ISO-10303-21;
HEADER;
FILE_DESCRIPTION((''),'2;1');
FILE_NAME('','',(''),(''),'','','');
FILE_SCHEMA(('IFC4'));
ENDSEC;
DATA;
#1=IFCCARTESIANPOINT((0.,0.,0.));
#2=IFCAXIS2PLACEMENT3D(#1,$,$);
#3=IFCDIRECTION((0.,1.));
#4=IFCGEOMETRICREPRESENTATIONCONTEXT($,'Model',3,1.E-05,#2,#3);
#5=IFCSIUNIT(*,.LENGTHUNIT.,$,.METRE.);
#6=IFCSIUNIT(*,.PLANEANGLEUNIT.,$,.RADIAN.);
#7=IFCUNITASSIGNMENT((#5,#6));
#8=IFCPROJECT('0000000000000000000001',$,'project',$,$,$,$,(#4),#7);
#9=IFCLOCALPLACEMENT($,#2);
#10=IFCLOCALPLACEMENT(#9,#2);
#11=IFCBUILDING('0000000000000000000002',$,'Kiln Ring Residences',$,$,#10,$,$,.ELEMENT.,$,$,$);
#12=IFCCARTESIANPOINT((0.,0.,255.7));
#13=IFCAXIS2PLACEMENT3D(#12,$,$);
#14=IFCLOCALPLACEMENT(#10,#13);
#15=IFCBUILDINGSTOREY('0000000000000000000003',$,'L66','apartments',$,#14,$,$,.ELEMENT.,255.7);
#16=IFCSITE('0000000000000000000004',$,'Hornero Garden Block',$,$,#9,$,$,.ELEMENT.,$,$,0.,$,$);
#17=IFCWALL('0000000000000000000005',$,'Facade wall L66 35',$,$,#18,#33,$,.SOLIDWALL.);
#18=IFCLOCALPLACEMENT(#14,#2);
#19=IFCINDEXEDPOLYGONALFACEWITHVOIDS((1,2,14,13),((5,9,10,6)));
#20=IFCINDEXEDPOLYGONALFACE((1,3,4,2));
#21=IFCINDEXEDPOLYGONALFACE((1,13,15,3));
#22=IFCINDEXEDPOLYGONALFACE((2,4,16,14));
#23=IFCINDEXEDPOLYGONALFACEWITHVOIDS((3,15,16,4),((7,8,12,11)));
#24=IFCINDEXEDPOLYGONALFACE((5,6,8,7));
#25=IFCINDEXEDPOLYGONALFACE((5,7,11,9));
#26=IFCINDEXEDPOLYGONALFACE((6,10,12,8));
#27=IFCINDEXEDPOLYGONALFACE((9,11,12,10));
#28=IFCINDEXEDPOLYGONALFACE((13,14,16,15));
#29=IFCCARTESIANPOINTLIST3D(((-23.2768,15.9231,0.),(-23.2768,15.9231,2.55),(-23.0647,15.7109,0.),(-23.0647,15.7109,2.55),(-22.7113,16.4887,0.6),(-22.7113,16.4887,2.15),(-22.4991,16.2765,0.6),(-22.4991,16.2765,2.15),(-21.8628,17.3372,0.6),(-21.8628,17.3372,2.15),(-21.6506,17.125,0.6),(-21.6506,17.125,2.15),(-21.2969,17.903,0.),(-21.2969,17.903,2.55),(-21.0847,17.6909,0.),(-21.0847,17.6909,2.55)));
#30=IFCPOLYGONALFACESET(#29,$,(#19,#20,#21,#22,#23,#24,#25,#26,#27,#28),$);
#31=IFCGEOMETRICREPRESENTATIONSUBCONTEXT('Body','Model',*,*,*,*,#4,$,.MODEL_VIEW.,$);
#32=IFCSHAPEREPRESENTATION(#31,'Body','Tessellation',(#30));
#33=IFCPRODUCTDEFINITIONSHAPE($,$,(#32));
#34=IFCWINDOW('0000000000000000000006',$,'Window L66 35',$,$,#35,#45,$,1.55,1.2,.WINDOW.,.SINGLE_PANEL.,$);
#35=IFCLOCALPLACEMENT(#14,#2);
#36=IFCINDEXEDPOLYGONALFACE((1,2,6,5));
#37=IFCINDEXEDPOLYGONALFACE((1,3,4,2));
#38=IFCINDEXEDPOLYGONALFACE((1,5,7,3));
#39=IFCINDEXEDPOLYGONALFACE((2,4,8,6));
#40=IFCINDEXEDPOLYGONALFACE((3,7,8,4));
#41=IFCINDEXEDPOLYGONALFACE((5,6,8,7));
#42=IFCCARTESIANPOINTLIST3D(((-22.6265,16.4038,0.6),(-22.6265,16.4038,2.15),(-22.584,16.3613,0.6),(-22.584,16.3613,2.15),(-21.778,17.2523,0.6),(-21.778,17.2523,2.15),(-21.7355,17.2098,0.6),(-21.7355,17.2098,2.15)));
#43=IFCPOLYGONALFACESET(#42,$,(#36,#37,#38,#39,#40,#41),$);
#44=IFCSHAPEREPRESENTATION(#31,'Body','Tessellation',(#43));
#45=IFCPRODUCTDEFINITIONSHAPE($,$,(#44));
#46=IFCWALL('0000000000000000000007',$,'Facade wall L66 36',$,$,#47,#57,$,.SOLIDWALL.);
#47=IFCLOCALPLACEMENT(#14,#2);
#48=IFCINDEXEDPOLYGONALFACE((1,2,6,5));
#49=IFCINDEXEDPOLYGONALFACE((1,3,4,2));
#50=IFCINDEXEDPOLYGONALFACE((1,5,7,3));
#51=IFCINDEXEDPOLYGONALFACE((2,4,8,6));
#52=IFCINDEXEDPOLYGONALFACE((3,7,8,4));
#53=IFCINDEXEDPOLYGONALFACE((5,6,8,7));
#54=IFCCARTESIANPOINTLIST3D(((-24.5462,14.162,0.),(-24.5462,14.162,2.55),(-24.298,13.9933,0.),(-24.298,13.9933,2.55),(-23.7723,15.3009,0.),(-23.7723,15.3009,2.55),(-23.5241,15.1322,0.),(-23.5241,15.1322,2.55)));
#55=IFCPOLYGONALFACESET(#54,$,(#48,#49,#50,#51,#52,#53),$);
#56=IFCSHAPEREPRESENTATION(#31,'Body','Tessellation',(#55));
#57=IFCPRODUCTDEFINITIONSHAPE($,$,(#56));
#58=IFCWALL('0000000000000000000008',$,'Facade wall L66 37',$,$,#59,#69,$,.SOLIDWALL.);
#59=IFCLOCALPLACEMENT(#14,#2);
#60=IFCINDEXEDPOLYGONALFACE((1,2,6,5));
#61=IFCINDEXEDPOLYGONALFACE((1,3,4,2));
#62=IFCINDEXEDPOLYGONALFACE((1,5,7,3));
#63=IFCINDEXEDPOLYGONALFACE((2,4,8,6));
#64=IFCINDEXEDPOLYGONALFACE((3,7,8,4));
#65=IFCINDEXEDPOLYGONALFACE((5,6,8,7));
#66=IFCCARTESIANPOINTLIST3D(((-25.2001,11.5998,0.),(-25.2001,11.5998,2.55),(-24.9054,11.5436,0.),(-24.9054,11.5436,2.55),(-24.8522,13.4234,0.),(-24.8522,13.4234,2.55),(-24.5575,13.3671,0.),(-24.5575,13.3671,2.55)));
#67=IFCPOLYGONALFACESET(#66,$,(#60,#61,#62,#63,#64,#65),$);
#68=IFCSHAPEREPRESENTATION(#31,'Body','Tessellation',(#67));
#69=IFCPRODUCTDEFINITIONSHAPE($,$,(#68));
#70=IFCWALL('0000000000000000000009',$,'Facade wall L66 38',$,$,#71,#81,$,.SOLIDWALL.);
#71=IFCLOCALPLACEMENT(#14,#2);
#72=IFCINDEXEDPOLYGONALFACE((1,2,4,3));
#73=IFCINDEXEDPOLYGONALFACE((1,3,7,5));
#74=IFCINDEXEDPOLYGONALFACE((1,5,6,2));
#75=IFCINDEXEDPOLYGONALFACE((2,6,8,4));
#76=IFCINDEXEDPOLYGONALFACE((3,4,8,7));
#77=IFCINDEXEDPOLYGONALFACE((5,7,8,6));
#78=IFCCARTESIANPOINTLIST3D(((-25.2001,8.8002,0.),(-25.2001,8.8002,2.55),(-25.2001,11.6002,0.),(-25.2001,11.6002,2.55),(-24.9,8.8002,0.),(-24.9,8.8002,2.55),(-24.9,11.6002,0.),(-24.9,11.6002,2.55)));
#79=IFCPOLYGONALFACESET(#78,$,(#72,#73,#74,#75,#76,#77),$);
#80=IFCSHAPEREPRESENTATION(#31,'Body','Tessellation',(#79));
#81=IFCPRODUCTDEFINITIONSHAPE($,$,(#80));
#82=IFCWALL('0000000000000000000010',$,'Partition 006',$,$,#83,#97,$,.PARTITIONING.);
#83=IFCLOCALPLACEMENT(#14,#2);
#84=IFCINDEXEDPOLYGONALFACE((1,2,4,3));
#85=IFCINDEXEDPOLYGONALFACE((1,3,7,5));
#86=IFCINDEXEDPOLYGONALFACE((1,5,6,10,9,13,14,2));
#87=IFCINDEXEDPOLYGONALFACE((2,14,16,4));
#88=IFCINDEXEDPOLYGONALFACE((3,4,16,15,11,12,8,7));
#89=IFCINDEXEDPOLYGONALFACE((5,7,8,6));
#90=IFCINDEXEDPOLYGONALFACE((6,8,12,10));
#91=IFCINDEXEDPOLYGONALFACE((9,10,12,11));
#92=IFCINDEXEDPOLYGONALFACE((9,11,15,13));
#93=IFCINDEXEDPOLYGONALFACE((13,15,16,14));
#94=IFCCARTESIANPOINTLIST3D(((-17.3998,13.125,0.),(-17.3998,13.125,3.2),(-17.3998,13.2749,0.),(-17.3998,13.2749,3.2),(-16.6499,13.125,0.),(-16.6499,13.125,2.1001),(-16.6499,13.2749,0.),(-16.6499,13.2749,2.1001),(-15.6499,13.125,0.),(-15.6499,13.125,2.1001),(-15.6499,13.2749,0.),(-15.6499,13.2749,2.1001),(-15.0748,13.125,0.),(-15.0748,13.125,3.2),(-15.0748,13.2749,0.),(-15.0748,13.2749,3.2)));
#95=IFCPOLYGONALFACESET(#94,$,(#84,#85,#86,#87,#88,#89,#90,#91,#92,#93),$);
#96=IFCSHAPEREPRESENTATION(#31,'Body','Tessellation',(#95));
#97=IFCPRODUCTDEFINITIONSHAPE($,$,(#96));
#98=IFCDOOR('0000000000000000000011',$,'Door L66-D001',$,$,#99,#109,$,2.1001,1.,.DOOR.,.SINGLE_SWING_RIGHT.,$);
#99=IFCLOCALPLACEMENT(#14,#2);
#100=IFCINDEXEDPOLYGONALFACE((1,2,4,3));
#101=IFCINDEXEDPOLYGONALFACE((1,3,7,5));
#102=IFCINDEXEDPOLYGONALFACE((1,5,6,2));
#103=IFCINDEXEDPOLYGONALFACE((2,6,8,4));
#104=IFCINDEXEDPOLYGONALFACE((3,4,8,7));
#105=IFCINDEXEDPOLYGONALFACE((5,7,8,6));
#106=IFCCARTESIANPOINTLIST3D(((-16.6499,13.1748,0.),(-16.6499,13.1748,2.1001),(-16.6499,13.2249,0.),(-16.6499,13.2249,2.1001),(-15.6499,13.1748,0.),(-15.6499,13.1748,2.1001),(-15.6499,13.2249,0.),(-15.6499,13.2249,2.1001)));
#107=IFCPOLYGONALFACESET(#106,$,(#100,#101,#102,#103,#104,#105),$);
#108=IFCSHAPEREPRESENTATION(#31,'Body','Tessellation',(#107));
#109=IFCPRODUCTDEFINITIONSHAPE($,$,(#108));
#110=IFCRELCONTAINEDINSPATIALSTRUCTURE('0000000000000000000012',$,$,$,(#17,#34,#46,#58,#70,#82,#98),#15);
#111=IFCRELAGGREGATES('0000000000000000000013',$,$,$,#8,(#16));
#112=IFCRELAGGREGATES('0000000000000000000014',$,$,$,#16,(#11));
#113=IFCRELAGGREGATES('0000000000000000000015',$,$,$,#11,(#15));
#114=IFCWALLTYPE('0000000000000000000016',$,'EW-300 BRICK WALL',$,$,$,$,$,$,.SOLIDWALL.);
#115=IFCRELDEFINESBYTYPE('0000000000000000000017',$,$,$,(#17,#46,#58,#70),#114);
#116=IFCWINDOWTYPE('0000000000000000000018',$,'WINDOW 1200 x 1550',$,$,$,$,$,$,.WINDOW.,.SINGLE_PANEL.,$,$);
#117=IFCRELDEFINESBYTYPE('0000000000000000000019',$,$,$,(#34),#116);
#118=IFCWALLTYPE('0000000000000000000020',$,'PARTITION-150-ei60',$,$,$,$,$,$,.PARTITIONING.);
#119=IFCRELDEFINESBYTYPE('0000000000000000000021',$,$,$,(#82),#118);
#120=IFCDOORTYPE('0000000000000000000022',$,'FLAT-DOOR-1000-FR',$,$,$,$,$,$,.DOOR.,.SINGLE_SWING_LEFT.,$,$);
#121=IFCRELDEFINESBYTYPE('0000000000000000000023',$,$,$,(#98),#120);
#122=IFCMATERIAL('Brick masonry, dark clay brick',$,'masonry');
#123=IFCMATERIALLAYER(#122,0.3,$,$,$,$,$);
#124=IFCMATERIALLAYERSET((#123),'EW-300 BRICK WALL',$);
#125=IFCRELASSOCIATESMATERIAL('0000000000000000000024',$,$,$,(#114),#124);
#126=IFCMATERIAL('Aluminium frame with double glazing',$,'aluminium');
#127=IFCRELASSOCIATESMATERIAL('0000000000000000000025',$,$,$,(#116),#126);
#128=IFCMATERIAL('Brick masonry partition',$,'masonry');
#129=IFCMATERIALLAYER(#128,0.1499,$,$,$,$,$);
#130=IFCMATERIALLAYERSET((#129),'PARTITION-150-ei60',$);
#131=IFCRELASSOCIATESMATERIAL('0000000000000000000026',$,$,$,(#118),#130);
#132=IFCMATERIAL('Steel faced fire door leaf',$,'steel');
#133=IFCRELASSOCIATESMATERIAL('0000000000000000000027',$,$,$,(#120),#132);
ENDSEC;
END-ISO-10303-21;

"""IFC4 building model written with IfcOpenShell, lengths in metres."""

from ifc_helpers import new_model, si_unit, direction, frame, frame_2d, origin, place, context, subcontext, project, spatial, rectangle, extrude, material, layer, layer_set, type_object, element, fill, save


model = new_model("IFC4")

# Units and contexts
model_context = context("Model", 3, precision=1e-05, world=origin(), true_north=direction((0.0, 1.0)))
body_context = subcontext(model_context, "Body", "Model", "MODEL_VIEW")
ifc_project = project(units=[si_unit("LENGTHUNIT", "METRE"), si_unit("PLANEANGLEUNIT", "RADIAN")], contexts=[model_context])

# Site, building, storey
site_placement = place(None, origin())
site = spatial("IfcSite", under=ifc_project, at=site_placement, Name="Hornero Garden Block", CompositionType="ELEMENT", RefElevation=0.0)
building_placement = place(site_placement, origin())
building = spatial("IfcBuilding", under=site, at=building_placement, Name="Kiln Ring Residences", CompositionType="ELEMENT")
storey_placement = place(building_placement, frame((0.0, 0.0, 255.7)))
storey = spatial("IfcBuildingStorey", under=building, at=storey_placement, Name="L66", Description="apartments", CompositionType="ELEMENT", Elevation=255.7)

# Wall, opening, window
ifc_material_1 = material(Name="Brick masonry, dark clay brick", Category="masonry")
ifc_layer_1 = layer(ifc_material_1, 0.3)
ifc_layer_set_1 = layer_set([ifc_layer_1], Name="EW-300 BRICK WALL")
wall_type_1 = type_object("IfcWallType", Name="EW-300 BRICK WALL", PredefinedType="SOLIDWALL", material=ifc_layer_set_1)
wall_1_placement = place(storey_placement, frame((-21.1909, 17.7969, 0.0), z_axis=(0.0, 0.0, 1.0), x_axis=(-0.707107, -0.707107, 0.0)))
wall_1 = element("IfcWall", 1, at=wall_1_placement, inside=storey, type_object=wall_type_1, Name="Facade wall L66 35", PredefinedType="SOLIDWALL", context=body_context, shape_type="SweptSolid", body=[
    extrude(rectangle(XDim=2.8, YDim=0.3, at=frame_2d((1.3999, 0.0))), origin(), (0.0, 0.0, 1.0), 2.55),
])
opening_1_placement = place(wall_1_placement, frame((0.8, 0.0, 0.6001)))
opening_1 = element("IfcOpeningElement", 2, at=opening_1_placement, cuts=wall_1, PredefinedType="OPENING", context=body_context, shape_type="SweptSolid", body=[
    extrude(rectangle(XDim=1.2, YDim=1.55, at=frame_2d((0.6001, 0.7749))), frame((0.0, 0.1599, 0.0), z_axis=(0.0, -1.0, 0.0), x_axis=(1.0, 0.0, 0.0)), (0.0, 0.0, 1.0), 0.3201),
])
ifc_material_2 = material(Name="Aluminium frame with double glazing", Category="aluminium")
window_type_1 = type_object("IfcWindowType", Name="WINDOW 1200 x 1550", PartitioningType="SINGLE_PANEL", PredefinedType="WINDOW", material=ifc_material_2)
window_1_placement = place(opening_1_placement, origin())
window_1 = element("IfcWindow", 3, at=window_1_placement, inside=storey, type_object=window_type_1, Name="Window L66 35", OverallHeight=1.55, OverallWidth=1.2, PartitioningType="SINGLE_PANEL", PredefinedType="WINDOW", context=body_context, shape_type="SweptSolid", body=[
    extrude(rectangle(XDim=1.2, YDim=1.55, at=frame_2d((0.6001, 0.7749))), frame((0.0, 0.03, 0.0), z_axis=(0.0, -1.0, 0.0), x_axis=(1.0, 0.0, 0.0)), (0.0, 0.0, 1.0), 0.0601),
])
fill(opening_1, window_1)

# Walls
wall_2_placement = place(storey_placement, frame((-23.6482, 15.2166, 0.0), z_axis=(0.0, 0.0, 1.0), x_axis=(-0.562043, -0.827108, 0.0)))
element("IfcWall", 4, at=wall_2_placement, inside=storey, type_object=wall_type_1, Name="Facade wall L66 36", PredefinedType="SOLIDWALL", context=body_context, shape_type="SweptSolid", body=[
    extrude(rectangle(XDim=1.377, YDim=0.3, at=frame_2d((0.6885, 0.0))), origin(), (0.0, 0.0, 1.0), 2.55),
])
wall_3_placement = place(storey_placement, frame((-24.7048, 13.3953, 0.0), z_axis=(0.0, 0.0, 1.0), x_axis=(-0.187408, -0.982282, 0.0)))
element("IfcWall", 5, at=wall_3_placement, inside=storey, type_object=wall_type_1, Name="Facade wall L66 37", PredefinedType="SOLIDWALL", context=body_context, shape_type="SweptSolid", body=[
    extrude(rectangle(XDim=1.8564, YDim=0.3, at=frame_2d((0.9282, 0.0))), origin(), (0.0, 0.0, 1.0), 2.55),
])
wall_4_placement = place(storey_placement, frame((-25.05, 11.6001, 0.0), z_axis=(0.0, 0.0, 1.0), x_axis=(0.0, -1.0, 0.0)))
element("IfcWall", 6, at=wall_4_placement, inside=storey, type_object=wall_type_1, Name="Facade wall L66 38", PredefinedType="SOLIDWALL", context=body_context, shape_type="SweptSolid", body=[
    extrude(rectangle(XDim=2.8, YDim=0.3, at=frame_2d((1.3999, 0.0))), origin(), (0.0, 0.0, 1.0), 2.55),
])

# Wall, opening, door
ifc_material_3 = material(Name="Brick masonry partition", Category="masonry")
ifc_layer_2 = layer(ifc_material_3, 0.1499)
ifc_layer_set_2 = layer_set([ifc_layer_2], Name="PARTITION-150-ei60")
wall_type_2 = type_object("IfcWallType", Name="PARTITION-150-ei60", PredefinedType="PARTITIONING", material=ifc_layer_set_2)
wall_5_placement = place(storey_placement, frame((-17.3999, 13.2, 0.0), z_axis=(0.0, 0.0, 1.0), x_axis=(1.0, 0.0, 0.0)))
wall_5 = element("IfcWall", 7, at=wall_5_placement, inside=storey, type_object=wall_type_2, Name="Partition 006", PredefinedType="PARTITIONING", context=body_context, shape_type="SweptSolid", body=[
    extrude(rectangle(XDim=2.325, YDim=0.1499, at=frame_2d((1.1626, 0.0))), origin(), (0.0, 0.0, 1.0), 3.2),
])
opening_2_placement = place(wall_5_placement, frame((0.75, 0.0, 0.0)))
opening_2 = element("IfcOpeningElement", 8, at=opening_2_placement, cuts=wall_5, PredefinedType="OPENING", context=body_context, shape_type="SweptSolid", body=[
    extrude(rectangle(XDim=1.0, YDim=2.1001, at=frame_2d((0.5, 1.05))), frame((0.0, 0.085, 0.0), z_axis=(0.0, -1.0, 0.0), x_axis=(1.0, 0.0, 0.0)), (0.0, 0.0, 1.0), 0.1699),
])
ifc_material_4 = material(Name="Steel faced fire door leaf", Category="steel")
door_type_1 = type_object("IfcDoorType", Name="FLAT-DOOR-1000-FR", OperationType="SINGLE_SWING_LEFT", PredefinedType="DOOR", material=ifc_material_4)
door_1_placement = place(opening_2_placement, origin())
door_1 = element("IfcDoor", 9, at=door_1_placement, inside=storey, type_object=door_type_1, Name="Door L66-D001", OperationType="SINGLE_SWING_RIGHT", OverallHeight=2.1001, OverallWidth=1.0, PredefinedType="DOOR", context=body_context, shape_type="SweptSolid", body=[
    extrude(rectangle(XDim=1.0, YDim=2.1001, at=frame_2d((0.5, 1.05))), frame((0.0, 0.0249, 0.0), z_axis=(0.0, -1.0, 0.0), x_axis=(1.0, 0.0, 0.0)), (0.0, 0.0, 1.0), 0.05),
])
fill(opening_2, door_1)

save(model, "model.ifc")
